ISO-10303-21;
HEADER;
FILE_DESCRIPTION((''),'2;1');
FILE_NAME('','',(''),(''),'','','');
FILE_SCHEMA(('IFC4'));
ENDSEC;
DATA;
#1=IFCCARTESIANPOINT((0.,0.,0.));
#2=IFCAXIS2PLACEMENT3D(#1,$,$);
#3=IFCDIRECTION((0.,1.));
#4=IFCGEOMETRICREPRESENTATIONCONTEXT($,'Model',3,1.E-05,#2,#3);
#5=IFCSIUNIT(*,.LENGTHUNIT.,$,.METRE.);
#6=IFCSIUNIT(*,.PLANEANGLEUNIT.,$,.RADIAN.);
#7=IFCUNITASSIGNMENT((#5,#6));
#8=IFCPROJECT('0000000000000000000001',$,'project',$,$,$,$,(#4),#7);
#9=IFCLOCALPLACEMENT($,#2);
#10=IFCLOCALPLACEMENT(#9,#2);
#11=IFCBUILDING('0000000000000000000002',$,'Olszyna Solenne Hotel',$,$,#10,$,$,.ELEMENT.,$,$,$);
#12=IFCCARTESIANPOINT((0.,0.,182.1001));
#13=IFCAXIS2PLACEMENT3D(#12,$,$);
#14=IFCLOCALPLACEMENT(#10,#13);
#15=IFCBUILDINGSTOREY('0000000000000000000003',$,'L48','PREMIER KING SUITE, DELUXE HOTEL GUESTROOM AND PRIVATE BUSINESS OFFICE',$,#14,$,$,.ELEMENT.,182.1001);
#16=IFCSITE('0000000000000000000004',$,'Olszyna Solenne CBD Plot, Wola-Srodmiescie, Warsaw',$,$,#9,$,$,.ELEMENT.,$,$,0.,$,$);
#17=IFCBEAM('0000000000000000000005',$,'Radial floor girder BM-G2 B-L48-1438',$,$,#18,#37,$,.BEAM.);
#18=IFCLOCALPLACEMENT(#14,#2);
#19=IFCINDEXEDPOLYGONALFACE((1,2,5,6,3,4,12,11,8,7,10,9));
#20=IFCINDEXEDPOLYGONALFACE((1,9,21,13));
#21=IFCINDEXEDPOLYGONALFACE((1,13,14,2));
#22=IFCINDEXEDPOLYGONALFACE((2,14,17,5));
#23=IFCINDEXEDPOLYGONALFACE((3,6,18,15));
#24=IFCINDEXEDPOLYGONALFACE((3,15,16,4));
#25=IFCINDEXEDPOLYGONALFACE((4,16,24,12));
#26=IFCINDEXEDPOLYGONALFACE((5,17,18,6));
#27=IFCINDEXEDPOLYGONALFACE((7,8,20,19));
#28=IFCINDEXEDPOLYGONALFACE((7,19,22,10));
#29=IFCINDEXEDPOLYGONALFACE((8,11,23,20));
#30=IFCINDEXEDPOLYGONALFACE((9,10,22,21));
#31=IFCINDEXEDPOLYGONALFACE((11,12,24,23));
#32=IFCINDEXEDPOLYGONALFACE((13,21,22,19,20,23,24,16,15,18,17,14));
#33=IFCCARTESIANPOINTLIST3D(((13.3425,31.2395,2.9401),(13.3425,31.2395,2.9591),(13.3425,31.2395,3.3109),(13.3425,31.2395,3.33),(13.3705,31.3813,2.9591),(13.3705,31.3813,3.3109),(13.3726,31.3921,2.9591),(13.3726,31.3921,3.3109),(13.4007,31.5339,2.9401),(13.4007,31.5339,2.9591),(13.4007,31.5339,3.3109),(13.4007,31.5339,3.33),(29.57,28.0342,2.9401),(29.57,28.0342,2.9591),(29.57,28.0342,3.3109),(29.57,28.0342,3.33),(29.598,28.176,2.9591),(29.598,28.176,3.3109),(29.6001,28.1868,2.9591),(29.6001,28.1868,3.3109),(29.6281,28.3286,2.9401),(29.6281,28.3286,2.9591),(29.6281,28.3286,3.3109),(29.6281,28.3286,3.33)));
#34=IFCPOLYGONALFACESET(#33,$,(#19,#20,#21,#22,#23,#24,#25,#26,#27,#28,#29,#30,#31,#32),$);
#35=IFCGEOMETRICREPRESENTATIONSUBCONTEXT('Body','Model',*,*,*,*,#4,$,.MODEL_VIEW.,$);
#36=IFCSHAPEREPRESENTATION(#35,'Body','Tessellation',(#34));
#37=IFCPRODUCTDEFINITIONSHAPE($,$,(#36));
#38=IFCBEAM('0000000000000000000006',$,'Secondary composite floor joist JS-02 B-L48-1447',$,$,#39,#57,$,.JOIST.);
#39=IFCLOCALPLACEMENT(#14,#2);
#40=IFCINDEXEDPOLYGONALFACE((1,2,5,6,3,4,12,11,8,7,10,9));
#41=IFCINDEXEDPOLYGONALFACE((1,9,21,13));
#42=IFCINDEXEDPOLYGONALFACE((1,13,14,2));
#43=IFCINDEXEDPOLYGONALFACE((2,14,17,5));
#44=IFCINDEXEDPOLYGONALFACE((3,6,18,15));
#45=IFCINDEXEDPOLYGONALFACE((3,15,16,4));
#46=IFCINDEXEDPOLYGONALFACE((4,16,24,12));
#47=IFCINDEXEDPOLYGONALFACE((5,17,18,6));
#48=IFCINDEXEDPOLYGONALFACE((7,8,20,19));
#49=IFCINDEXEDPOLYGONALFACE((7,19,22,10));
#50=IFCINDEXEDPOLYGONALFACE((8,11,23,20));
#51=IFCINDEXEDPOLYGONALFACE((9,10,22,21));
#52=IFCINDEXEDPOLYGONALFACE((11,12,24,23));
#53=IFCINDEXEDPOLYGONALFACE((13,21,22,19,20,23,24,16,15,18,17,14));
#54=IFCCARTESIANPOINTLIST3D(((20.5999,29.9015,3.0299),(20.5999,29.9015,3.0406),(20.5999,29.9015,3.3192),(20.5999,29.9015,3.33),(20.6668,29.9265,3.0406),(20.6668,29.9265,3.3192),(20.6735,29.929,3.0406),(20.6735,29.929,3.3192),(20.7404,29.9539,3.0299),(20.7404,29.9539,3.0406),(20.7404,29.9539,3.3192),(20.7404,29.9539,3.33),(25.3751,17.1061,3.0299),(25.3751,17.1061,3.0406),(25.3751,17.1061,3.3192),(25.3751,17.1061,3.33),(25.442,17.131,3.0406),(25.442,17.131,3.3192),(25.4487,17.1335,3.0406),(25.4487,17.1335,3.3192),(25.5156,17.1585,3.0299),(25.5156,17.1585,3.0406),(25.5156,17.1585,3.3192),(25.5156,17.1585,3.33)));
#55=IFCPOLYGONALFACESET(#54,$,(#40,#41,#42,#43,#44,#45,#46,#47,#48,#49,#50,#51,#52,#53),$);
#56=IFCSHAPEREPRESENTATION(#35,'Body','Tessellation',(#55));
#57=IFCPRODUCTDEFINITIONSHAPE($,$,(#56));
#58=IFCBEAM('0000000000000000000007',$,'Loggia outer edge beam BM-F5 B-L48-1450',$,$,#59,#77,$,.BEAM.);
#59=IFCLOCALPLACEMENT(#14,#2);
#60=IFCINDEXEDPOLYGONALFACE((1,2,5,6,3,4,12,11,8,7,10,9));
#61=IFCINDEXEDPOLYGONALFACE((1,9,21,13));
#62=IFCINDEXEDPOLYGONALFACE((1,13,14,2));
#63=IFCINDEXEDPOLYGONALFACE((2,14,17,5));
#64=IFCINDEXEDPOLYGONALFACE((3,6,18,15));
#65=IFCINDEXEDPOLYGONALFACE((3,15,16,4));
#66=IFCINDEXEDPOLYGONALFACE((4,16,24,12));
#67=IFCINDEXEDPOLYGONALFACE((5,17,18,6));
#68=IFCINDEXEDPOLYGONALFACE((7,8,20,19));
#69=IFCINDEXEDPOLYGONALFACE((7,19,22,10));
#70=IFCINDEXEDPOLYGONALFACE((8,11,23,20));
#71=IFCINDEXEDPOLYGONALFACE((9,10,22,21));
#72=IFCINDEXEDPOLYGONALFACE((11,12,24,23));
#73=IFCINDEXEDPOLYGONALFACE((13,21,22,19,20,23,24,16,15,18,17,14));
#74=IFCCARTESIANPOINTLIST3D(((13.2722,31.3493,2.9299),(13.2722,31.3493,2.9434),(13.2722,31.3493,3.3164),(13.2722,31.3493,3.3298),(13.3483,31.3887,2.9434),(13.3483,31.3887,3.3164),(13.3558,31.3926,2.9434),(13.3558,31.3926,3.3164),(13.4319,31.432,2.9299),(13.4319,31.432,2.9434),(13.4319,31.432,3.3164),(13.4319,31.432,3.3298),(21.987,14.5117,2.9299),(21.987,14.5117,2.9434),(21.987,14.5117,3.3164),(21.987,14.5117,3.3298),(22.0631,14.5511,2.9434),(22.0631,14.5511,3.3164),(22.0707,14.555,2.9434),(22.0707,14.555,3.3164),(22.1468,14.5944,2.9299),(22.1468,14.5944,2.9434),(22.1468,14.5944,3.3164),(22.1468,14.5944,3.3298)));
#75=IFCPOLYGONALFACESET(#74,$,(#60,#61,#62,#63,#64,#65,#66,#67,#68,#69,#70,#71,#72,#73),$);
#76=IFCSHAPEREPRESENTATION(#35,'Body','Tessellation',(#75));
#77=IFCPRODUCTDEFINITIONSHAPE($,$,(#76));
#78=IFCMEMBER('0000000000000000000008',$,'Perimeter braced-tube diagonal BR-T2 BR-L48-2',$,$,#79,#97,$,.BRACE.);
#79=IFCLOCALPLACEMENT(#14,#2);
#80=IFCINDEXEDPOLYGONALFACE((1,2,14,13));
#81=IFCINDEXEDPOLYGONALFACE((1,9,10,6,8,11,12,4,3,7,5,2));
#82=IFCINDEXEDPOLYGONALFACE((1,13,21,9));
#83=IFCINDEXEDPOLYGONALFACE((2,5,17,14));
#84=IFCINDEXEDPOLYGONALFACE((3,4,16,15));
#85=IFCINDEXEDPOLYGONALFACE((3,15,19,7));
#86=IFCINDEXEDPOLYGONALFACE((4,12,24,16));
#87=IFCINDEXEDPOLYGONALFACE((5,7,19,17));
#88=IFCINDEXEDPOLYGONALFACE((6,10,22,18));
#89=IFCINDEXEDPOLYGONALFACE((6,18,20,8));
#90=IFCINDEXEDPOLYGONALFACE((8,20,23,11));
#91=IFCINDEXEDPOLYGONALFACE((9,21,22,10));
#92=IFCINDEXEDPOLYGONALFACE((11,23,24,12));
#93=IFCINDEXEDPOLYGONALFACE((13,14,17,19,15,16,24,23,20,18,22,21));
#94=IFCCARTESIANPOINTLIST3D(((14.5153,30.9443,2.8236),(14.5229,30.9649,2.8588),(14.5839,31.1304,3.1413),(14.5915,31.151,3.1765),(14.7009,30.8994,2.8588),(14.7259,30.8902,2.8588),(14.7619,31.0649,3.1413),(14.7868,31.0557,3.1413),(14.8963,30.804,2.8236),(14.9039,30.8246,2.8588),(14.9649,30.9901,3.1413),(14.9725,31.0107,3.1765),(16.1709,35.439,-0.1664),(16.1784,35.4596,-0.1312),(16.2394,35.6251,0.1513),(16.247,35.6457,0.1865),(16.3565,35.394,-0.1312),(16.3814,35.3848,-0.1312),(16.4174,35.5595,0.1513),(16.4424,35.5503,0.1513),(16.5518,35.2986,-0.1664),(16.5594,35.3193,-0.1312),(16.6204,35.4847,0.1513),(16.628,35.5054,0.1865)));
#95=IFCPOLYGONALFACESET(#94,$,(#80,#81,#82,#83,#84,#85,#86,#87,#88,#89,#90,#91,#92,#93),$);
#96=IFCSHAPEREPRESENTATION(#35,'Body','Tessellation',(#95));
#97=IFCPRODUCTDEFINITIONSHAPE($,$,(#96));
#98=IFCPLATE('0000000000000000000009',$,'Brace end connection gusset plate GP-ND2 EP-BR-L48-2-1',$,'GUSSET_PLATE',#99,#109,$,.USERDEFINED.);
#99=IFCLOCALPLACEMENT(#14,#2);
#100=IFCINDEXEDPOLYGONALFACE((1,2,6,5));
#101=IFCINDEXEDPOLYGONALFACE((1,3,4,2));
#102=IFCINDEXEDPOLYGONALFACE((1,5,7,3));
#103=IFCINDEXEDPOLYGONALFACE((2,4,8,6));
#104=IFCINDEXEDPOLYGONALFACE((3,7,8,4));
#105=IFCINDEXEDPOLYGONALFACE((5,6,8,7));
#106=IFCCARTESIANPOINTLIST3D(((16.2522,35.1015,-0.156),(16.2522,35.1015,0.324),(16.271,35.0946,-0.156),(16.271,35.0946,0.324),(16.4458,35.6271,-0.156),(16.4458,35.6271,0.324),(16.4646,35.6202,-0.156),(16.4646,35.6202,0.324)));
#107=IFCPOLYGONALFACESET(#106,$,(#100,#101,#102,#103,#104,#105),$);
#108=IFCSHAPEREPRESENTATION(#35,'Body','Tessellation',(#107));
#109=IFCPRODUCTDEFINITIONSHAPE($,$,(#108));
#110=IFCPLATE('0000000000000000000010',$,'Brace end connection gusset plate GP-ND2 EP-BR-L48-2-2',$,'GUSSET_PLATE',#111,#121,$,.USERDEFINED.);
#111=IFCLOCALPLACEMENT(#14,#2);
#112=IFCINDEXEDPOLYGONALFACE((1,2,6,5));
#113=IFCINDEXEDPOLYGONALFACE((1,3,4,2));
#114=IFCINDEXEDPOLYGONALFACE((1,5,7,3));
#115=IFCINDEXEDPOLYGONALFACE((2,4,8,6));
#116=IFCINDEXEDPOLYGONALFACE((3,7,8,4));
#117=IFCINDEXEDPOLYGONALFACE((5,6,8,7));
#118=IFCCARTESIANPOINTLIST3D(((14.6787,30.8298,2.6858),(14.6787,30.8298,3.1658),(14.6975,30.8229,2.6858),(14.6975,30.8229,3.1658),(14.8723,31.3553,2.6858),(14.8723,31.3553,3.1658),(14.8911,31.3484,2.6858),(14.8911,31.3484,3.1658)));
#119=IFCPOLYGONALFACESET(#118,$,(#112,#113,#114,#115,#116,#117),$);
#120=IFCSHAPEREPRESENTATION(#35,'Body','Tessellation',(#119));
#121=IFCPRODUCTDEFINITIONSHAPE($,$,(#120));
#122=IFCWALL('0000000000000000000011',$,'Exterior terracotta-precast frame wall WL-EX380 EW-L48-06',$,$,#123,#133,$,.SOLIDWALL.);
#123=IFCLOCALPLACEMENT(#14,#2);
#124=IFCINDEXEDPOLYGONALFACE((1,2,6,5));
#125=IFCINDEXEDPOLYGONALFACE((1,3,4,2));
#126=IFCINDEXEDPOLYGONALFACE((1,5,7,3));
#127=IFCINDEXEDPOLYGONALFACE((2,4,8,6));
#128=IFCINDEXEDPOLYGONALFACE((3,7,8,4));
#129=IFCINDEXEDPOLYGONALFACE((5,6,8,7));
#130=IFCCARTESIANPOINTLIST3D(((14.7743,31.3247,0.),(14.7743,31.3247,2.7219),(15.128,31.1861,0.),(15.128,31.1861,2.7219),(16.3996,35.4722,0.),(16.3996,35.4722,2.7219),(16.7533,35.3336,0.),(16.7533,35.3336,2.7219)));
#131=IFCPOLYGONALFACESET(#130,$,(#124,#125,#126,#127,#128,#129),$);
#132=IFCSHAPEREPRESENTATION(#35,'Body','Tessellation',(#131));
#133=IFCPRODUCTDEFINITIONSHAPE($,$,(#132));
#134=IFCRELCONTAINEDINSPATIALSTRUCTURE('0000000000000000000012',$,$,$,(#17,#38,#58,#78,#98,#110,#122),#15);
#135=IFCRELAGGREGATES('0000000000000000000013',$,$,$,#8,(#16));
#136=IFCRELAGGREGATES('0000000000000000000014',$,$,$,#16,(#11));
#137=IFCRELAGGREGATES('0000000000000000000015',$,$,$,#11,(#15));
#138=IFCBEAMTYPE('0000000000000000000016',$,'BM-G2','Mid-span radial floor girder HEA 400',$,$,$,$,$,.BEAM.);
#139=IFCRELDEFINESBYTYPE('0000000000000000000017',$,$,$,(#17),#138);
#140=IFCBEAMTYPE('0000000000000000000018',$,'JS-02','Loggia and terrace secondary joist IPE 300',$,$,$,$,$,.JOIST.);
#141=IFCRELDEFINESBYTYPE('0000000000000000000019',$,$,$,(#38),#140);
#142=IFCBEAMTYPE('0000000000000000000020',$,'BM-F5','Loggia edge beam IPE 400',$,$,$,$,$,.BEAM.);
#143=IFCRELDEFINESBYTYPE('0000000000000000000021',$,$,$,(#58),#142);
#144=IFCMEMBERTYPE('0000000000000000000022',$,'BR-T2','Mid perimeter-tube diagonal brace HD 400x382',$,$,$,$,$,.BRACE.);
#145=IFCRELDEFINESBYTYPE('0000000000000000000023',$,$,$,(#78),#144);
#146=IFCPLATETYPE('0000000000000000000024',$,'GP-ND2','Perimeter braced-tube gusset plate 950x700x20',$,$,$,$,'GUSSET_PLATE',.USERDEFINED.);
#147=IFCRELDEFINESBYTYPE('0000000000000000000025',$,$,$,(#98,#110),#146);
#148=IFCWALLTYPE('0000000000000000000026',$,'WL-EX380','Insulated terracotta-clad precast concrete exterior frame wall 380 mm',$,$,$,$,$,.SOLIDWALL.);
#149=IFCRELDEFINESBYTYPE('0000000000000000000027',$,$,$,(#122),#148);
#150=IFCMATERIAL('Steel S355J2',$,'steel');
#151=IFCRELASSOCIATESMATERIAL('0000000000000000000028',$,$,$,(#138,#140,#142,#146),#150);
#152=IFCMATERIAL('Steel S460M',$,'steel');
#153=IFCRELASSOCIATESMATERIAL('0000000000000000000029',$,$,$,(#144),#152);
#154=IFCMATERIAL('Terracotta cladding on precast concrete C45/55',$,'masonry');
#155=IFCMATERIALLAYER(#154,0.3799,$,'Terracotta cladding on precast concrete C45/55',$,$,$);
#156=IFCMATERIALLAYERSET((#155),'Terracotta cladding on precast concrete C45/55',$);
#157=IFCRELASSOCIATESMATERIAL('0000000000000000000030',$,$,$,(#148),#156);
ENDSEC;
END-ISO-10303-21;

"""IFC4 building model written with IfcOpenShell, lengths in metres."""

from ifc_helpers import new_model, si_unit, direction, frame, frame_2d, origin, origin_2d, place, context, subcontext, project, spatial, rectangle, i_section, extrude, source, transform, mapped, material, layer, layer_set, material_profile, profile_set, type_object, element, save


model = new_model("IFC4")

# Units and contexts
model_context = context("Model", 3, precision=1e-05, world=origin(), true_north=direction((0.0, 1.0)))
body_context = subcontext(model_context, "Body", "Model", "MODEL_VIEW")
ifc_project = project(units=[si_unit("LENGTHUNIT", "METRE"), si_unit("PLANEANGLEUNIT", "RADIAN")], contexts=[model_context])

# Site, building, storey
site_placement = place(None, origin())
site = spatial("IfcSite", under=ifc_project, at=site_placement, Name="Olszyna Solenne CBD Plot, Wola-Srodmiescie, Warsaw", CompositionType="ELEMENT", RefElevation=0.0)
building_placement = place(site_placement, origin())
building = spatial("IfcBuilding", under=site, at=building_placement, Name="Olszyna Solenne Hotel", CompositionType="ELEMENT")
storey_placement = place(building_placement, frame((0.0, 0.0, 182.1001)))
storey = spatial("IfcBuildingStorey", under=building, at=storey_placement, Name="L48", Description="PREMIER KING SUITE, DELUXE HOTEL GUESTROOM AND PRIVATE BUSINESS OFFICE", CompositionType="ELEMENT", Elevation=182.1001)

# Shared definitions
ifc_material_1 = material(Name="Steel S460M", Category="steel")

# Beams
ifc_material_2 = material(Name="Steel S355J2", Category="steel")
ifc_material_profile_1 = material_profile(ifc_material_2, i_section(OverallWidth=0.3, OverallDepth=0.3899, WebThickness=0.011, FlangeThickness=0.019, at=origin_2d()), Name="HEA 400", Category="load-bearing")
ifc_profile_set_1 = profile_set([ifc_material_profile_1], Name="Steel S355J2")
beam_type_1 = type_object("IfcBeamType", Name="BM-G2", Description="Mid-span radial floor girder HEA 400", PredefinedType="BEAM", material=ifc_profile_set_1)
shared_shape_1 = source(origin(), body_context, "Body", "SweptSolid", [
    extrude(i_section(OverallWidth=0.3, OverallDepth=0.3899, WebThickness=0.011, FlangeThickness=0.019, at=origin_2d()), origin(), (0.0, 0.0, 1.0), 16.541),
])
beam_1_placement = place(storey_placement, frame((13.3716, 31.3867, 3.135), z_axis=(0.981045, -0.19378, 0.0), x_axis=(0.19378, 0.981045, 0.0)))
element("IfcBeam", 1, at=beam_1_placement, inside=storey, type_object=beam_type_1, Name="Radial floor girder BM-G2 B-L48-1438", PredefinedType="BEAM", context=body_context, shape_type="MappedRepresentation", body=[
    mapped(shared_shape_1, transform((0.0, 0.0, 0.0), x_axis=(1.0, 0.0, 0.0), y_axis=(0.0, 1.0, 0.0), z_axis=(0.0, 0.0, 1.0), scale=1.0)),
])
ifc_material_profile_2 = material_profile(ifc_material_2, i_section(OverallWidth=0.1499, OverallDepth=0.3, WebThickness=0.0071, FlangeThickness=0.0107, at=origin_2d()), Name="IPE 300", Category="load-bearing")
ifc_profile_set_2 = profile_set([ifc_material_profile_2], Name="Steel S355J2")
beam_type_2 = type_object("IfcBeamType", Name="JS-02", Description="Loggia and terrace secondary joist IPE 300", PredefinedType="JOIST", material=ifc_profile_set_2)
shared_shape_2 = source(origin(), body_context, "Body", "SweptSolid", [
    extrude(i_section(OverallWidth=0.1499, OverallDepth=0.3, WebThickness=0.0071, FlangeThickness=0.0107, at=origin_2d()), origin(), (0.0, 0.0, 1.0), 13.6575),
])
beam_2_placement = place(storey_placement, frame((20.6702, 29.9277, 3.1799), z_axis=(0.349638, -0.936885, 0.0), x_axis=(0.936885, 0.349638, 0.0)))
element("IfcBeam", 2, at=beam_2_placement, inside=storey, type_object=beam_type_2, Name="Secondary composite floor joist JS-02 B-L48-1447", PredefinedType="JOIST", context=body_context, shape_type="MappedRepresentation", body=[
    mapped(shared_shape_2, transform((0.0, 0.0, 0.0), x_axis=(1.0, 0.0, 0.0), y_axis=(0.0, 1.0, 0.0), z_axis=(0.0, 0.0, 1.0), scale=1.0)),
])
ifc_material_profile_3 = material_profile(ifc_material_2, i_section(OverallWidth=0.1799, OverallDepth=0.3999, WebThickness=0.0085, FlangeThickness=0.0134, at=origin_2d()), Name="IPE 400", Category="load-bearing")
ifc_profile_set_3 = profile_set([ifc_material_profile_3], Name="Steel S355J2")
beam_type_3 = type_object("IfcBeamType", Name="BM-F5", Description="Loggia edge beam IPE 400", PredefinedType="BEAM", material=ifc_profile_set_3)
shared_shape_3 = source(origin(), body_context, "Body", "SweptSolid", [
    extrude(i_section(OverallWidth=0.1799, OverallDepth=0.3999, WebThickness=0.0085, FlangeThickness=0.0134, at=origin_2d()), origin(), (0.0, 0.0, 1.0), 18.9592),
])
beam_3_placement = place(storey_placement, frame((13.3521, 31.3906, 3.1299), z_axis=(0.459661, -0.888095, 0.0), x_axis=(0.888095, 0.459661, 0.0)))
element("IfcBeam", 3, at=beam_3_placement, inside=storey, type_object=beam_type_3, Name="Loggia outer edge beam BM-F5 B-L48-1450", PredefinedType="BEAM", context=body_context, shape_type="MappedRepresentation", body=[
    mapped(shared_shape_3, transform((0.0, 0.0, 0.0), x_axis=(1.0, 0.0, 0.0), y_axis=(0.0, 1.0, 0.0), z_axis=(0.0, 0.0, 1.0), scale=1.0)),
])

# Member
ifc_material_profile_4 = material_profile(ifc_material_1, i_section(OverallWidth=0.406, OverallDepth=0.416, WebThickness=0.0266, FlangeThickness=0.0415, at=origin_2d()), Name="HD 400x382", Category="load-bearing")
ifc_profile_set_4 = profile_set([ifc_material_profile_4], Name="Steel S460M")
member_type = type_object("IfcMemberType", Name="BR-T2", Description="Mid perimeter-tube diagonal brace HD 400x382", PredefinedType="BRACE", material=ifc_profile_set_4)
shared_shape_4 = source(origin(), body_context, "Body", "SweptSolid", [
    extrude(i_section(OverallWidth=0.406, OverallDepth=0.416, WebThickness=0.0266, FlangeThickness=0.0415, at=origin_2d()), origin(), (0.0, 0.0, 1.0), 5.6465),
])
member_placement = place(storey_placement, frame((16.3994, 35.4722, 0.01), z_axis=(-0.293196, -0.796009, 0.529534), x_axis=(0.93837, -0.345632, 0.0)))
element("IfcMember", 4, at=member_placement, inside=storey, type_object=member_type, Name="Perimeter braced-tube diagonal BR-T2 BR-L48-2", PredefinedType="BRACE", context=body_context, shape_type="MappedRepresentation", body=[
    mapped(shared_shape_4, transform((0.0, 0.0, 0.0), x_axis=(1.0, 0.0, 0.0), y_axis=(0.0, 1.0, 0.0), z_axis=(0.0, 0.0, 1.0), scale=1.0)),
])

# Plates
plate_type = type_object("IfcPlateType", Name="GP-ND2", Description="Perimeter braced-tube gusset plate 950x700x20", ElementType="GUSSET_PLATE", PredefinedType="USERDEFINED", material=ifc_material_2)
shared_shape_5 = source(origin(), body_context, "Body", "SweptSolid", [
    extrude(rectangle(XDim=0.5601, YDim=0.02, at=origin_2d()), origin(), (0.0, 0.0, 1.0), 0.48),
])
for number, where, z_axis, x_axis, name in (
    (5, (16.3584, 35.3608, -0.156), (0.0, 0.0, 1.0), (-0.345626, -0.938372, 0.0), "Brace end connection gusset plate GP-ND2 EP-BR-L48-2-1"),
    (6, (14.7849, 31.0891, 2.6858), (0.0, 0.0, 1.0), (-0.345626, -0.938372, 0.0), "Brace end connection gusset plate GP-ND2 EP-BR-L48-2-2"),
):
    element("IfcPlate", number, at=place(storey_placement, frame(where, z_axis=z_axis, x_axis=x_axis)), inside=storey, type_object=plate_type, Name=name, ObjectType="GUSSET_PLATE", PredefinedType="USERDEFINED", context=body_context, shape_type="MappedRepresentation", body=[
        mapped(shared_shape_5, transform((0.0, 0.0, 0.0), x_axis=(1.0, 0.0, 0.0), y_axis=(0.0, 1.0, 0.0), z_axis=(0.0, 0.0, 1.0), scale=1.0)),
    ])

# Wall
ifc_material_3 = material(Name="Terracotta cladding on precast concrete C45/55", Category="masonry")
ifc_layer_1 = layer(ifc_material_3, 0.3799, Name="Terracotta cladding on precast concrete C45/55")
ifc_layer_set_1 = layer_set([ifc_layer_1], Name="Terracotta cladding on precast concrete C45/55")
wall_type_1 = type_object("IfcWallType", Name="WL-EX380", Description="Insulated terracotta-clad precast concrete exterior frame wall 380 mm", PredefinedType="SOLIDWALL", material=ifc_layer_set_1)
wall_1_placement = place(storey_placement, frame((14.9512, 31.2554, 0.0), z_axis=(0.0, 0.0, 1.0), x_axis=(0.364852, 0.931066, 0.0)))
element("IfcWall", 7, at=wall_1_placement, inside=storey, type_object=wall_type_1, Name="Exterior terracotta-precast frame wall WL-EX380 EW-L48-06", PredefinedType="SOLIDWALL", context=body_context, shape_type="SweptSolid", body=[
    extrude(rectangle(XDim=4.4546, YDim=0.3799, at=frame_2d((2.2273, 0.0))), origin(), (0.0, 0.0, 1.0), 2.7219),
])

save(model, "model.ifc")
